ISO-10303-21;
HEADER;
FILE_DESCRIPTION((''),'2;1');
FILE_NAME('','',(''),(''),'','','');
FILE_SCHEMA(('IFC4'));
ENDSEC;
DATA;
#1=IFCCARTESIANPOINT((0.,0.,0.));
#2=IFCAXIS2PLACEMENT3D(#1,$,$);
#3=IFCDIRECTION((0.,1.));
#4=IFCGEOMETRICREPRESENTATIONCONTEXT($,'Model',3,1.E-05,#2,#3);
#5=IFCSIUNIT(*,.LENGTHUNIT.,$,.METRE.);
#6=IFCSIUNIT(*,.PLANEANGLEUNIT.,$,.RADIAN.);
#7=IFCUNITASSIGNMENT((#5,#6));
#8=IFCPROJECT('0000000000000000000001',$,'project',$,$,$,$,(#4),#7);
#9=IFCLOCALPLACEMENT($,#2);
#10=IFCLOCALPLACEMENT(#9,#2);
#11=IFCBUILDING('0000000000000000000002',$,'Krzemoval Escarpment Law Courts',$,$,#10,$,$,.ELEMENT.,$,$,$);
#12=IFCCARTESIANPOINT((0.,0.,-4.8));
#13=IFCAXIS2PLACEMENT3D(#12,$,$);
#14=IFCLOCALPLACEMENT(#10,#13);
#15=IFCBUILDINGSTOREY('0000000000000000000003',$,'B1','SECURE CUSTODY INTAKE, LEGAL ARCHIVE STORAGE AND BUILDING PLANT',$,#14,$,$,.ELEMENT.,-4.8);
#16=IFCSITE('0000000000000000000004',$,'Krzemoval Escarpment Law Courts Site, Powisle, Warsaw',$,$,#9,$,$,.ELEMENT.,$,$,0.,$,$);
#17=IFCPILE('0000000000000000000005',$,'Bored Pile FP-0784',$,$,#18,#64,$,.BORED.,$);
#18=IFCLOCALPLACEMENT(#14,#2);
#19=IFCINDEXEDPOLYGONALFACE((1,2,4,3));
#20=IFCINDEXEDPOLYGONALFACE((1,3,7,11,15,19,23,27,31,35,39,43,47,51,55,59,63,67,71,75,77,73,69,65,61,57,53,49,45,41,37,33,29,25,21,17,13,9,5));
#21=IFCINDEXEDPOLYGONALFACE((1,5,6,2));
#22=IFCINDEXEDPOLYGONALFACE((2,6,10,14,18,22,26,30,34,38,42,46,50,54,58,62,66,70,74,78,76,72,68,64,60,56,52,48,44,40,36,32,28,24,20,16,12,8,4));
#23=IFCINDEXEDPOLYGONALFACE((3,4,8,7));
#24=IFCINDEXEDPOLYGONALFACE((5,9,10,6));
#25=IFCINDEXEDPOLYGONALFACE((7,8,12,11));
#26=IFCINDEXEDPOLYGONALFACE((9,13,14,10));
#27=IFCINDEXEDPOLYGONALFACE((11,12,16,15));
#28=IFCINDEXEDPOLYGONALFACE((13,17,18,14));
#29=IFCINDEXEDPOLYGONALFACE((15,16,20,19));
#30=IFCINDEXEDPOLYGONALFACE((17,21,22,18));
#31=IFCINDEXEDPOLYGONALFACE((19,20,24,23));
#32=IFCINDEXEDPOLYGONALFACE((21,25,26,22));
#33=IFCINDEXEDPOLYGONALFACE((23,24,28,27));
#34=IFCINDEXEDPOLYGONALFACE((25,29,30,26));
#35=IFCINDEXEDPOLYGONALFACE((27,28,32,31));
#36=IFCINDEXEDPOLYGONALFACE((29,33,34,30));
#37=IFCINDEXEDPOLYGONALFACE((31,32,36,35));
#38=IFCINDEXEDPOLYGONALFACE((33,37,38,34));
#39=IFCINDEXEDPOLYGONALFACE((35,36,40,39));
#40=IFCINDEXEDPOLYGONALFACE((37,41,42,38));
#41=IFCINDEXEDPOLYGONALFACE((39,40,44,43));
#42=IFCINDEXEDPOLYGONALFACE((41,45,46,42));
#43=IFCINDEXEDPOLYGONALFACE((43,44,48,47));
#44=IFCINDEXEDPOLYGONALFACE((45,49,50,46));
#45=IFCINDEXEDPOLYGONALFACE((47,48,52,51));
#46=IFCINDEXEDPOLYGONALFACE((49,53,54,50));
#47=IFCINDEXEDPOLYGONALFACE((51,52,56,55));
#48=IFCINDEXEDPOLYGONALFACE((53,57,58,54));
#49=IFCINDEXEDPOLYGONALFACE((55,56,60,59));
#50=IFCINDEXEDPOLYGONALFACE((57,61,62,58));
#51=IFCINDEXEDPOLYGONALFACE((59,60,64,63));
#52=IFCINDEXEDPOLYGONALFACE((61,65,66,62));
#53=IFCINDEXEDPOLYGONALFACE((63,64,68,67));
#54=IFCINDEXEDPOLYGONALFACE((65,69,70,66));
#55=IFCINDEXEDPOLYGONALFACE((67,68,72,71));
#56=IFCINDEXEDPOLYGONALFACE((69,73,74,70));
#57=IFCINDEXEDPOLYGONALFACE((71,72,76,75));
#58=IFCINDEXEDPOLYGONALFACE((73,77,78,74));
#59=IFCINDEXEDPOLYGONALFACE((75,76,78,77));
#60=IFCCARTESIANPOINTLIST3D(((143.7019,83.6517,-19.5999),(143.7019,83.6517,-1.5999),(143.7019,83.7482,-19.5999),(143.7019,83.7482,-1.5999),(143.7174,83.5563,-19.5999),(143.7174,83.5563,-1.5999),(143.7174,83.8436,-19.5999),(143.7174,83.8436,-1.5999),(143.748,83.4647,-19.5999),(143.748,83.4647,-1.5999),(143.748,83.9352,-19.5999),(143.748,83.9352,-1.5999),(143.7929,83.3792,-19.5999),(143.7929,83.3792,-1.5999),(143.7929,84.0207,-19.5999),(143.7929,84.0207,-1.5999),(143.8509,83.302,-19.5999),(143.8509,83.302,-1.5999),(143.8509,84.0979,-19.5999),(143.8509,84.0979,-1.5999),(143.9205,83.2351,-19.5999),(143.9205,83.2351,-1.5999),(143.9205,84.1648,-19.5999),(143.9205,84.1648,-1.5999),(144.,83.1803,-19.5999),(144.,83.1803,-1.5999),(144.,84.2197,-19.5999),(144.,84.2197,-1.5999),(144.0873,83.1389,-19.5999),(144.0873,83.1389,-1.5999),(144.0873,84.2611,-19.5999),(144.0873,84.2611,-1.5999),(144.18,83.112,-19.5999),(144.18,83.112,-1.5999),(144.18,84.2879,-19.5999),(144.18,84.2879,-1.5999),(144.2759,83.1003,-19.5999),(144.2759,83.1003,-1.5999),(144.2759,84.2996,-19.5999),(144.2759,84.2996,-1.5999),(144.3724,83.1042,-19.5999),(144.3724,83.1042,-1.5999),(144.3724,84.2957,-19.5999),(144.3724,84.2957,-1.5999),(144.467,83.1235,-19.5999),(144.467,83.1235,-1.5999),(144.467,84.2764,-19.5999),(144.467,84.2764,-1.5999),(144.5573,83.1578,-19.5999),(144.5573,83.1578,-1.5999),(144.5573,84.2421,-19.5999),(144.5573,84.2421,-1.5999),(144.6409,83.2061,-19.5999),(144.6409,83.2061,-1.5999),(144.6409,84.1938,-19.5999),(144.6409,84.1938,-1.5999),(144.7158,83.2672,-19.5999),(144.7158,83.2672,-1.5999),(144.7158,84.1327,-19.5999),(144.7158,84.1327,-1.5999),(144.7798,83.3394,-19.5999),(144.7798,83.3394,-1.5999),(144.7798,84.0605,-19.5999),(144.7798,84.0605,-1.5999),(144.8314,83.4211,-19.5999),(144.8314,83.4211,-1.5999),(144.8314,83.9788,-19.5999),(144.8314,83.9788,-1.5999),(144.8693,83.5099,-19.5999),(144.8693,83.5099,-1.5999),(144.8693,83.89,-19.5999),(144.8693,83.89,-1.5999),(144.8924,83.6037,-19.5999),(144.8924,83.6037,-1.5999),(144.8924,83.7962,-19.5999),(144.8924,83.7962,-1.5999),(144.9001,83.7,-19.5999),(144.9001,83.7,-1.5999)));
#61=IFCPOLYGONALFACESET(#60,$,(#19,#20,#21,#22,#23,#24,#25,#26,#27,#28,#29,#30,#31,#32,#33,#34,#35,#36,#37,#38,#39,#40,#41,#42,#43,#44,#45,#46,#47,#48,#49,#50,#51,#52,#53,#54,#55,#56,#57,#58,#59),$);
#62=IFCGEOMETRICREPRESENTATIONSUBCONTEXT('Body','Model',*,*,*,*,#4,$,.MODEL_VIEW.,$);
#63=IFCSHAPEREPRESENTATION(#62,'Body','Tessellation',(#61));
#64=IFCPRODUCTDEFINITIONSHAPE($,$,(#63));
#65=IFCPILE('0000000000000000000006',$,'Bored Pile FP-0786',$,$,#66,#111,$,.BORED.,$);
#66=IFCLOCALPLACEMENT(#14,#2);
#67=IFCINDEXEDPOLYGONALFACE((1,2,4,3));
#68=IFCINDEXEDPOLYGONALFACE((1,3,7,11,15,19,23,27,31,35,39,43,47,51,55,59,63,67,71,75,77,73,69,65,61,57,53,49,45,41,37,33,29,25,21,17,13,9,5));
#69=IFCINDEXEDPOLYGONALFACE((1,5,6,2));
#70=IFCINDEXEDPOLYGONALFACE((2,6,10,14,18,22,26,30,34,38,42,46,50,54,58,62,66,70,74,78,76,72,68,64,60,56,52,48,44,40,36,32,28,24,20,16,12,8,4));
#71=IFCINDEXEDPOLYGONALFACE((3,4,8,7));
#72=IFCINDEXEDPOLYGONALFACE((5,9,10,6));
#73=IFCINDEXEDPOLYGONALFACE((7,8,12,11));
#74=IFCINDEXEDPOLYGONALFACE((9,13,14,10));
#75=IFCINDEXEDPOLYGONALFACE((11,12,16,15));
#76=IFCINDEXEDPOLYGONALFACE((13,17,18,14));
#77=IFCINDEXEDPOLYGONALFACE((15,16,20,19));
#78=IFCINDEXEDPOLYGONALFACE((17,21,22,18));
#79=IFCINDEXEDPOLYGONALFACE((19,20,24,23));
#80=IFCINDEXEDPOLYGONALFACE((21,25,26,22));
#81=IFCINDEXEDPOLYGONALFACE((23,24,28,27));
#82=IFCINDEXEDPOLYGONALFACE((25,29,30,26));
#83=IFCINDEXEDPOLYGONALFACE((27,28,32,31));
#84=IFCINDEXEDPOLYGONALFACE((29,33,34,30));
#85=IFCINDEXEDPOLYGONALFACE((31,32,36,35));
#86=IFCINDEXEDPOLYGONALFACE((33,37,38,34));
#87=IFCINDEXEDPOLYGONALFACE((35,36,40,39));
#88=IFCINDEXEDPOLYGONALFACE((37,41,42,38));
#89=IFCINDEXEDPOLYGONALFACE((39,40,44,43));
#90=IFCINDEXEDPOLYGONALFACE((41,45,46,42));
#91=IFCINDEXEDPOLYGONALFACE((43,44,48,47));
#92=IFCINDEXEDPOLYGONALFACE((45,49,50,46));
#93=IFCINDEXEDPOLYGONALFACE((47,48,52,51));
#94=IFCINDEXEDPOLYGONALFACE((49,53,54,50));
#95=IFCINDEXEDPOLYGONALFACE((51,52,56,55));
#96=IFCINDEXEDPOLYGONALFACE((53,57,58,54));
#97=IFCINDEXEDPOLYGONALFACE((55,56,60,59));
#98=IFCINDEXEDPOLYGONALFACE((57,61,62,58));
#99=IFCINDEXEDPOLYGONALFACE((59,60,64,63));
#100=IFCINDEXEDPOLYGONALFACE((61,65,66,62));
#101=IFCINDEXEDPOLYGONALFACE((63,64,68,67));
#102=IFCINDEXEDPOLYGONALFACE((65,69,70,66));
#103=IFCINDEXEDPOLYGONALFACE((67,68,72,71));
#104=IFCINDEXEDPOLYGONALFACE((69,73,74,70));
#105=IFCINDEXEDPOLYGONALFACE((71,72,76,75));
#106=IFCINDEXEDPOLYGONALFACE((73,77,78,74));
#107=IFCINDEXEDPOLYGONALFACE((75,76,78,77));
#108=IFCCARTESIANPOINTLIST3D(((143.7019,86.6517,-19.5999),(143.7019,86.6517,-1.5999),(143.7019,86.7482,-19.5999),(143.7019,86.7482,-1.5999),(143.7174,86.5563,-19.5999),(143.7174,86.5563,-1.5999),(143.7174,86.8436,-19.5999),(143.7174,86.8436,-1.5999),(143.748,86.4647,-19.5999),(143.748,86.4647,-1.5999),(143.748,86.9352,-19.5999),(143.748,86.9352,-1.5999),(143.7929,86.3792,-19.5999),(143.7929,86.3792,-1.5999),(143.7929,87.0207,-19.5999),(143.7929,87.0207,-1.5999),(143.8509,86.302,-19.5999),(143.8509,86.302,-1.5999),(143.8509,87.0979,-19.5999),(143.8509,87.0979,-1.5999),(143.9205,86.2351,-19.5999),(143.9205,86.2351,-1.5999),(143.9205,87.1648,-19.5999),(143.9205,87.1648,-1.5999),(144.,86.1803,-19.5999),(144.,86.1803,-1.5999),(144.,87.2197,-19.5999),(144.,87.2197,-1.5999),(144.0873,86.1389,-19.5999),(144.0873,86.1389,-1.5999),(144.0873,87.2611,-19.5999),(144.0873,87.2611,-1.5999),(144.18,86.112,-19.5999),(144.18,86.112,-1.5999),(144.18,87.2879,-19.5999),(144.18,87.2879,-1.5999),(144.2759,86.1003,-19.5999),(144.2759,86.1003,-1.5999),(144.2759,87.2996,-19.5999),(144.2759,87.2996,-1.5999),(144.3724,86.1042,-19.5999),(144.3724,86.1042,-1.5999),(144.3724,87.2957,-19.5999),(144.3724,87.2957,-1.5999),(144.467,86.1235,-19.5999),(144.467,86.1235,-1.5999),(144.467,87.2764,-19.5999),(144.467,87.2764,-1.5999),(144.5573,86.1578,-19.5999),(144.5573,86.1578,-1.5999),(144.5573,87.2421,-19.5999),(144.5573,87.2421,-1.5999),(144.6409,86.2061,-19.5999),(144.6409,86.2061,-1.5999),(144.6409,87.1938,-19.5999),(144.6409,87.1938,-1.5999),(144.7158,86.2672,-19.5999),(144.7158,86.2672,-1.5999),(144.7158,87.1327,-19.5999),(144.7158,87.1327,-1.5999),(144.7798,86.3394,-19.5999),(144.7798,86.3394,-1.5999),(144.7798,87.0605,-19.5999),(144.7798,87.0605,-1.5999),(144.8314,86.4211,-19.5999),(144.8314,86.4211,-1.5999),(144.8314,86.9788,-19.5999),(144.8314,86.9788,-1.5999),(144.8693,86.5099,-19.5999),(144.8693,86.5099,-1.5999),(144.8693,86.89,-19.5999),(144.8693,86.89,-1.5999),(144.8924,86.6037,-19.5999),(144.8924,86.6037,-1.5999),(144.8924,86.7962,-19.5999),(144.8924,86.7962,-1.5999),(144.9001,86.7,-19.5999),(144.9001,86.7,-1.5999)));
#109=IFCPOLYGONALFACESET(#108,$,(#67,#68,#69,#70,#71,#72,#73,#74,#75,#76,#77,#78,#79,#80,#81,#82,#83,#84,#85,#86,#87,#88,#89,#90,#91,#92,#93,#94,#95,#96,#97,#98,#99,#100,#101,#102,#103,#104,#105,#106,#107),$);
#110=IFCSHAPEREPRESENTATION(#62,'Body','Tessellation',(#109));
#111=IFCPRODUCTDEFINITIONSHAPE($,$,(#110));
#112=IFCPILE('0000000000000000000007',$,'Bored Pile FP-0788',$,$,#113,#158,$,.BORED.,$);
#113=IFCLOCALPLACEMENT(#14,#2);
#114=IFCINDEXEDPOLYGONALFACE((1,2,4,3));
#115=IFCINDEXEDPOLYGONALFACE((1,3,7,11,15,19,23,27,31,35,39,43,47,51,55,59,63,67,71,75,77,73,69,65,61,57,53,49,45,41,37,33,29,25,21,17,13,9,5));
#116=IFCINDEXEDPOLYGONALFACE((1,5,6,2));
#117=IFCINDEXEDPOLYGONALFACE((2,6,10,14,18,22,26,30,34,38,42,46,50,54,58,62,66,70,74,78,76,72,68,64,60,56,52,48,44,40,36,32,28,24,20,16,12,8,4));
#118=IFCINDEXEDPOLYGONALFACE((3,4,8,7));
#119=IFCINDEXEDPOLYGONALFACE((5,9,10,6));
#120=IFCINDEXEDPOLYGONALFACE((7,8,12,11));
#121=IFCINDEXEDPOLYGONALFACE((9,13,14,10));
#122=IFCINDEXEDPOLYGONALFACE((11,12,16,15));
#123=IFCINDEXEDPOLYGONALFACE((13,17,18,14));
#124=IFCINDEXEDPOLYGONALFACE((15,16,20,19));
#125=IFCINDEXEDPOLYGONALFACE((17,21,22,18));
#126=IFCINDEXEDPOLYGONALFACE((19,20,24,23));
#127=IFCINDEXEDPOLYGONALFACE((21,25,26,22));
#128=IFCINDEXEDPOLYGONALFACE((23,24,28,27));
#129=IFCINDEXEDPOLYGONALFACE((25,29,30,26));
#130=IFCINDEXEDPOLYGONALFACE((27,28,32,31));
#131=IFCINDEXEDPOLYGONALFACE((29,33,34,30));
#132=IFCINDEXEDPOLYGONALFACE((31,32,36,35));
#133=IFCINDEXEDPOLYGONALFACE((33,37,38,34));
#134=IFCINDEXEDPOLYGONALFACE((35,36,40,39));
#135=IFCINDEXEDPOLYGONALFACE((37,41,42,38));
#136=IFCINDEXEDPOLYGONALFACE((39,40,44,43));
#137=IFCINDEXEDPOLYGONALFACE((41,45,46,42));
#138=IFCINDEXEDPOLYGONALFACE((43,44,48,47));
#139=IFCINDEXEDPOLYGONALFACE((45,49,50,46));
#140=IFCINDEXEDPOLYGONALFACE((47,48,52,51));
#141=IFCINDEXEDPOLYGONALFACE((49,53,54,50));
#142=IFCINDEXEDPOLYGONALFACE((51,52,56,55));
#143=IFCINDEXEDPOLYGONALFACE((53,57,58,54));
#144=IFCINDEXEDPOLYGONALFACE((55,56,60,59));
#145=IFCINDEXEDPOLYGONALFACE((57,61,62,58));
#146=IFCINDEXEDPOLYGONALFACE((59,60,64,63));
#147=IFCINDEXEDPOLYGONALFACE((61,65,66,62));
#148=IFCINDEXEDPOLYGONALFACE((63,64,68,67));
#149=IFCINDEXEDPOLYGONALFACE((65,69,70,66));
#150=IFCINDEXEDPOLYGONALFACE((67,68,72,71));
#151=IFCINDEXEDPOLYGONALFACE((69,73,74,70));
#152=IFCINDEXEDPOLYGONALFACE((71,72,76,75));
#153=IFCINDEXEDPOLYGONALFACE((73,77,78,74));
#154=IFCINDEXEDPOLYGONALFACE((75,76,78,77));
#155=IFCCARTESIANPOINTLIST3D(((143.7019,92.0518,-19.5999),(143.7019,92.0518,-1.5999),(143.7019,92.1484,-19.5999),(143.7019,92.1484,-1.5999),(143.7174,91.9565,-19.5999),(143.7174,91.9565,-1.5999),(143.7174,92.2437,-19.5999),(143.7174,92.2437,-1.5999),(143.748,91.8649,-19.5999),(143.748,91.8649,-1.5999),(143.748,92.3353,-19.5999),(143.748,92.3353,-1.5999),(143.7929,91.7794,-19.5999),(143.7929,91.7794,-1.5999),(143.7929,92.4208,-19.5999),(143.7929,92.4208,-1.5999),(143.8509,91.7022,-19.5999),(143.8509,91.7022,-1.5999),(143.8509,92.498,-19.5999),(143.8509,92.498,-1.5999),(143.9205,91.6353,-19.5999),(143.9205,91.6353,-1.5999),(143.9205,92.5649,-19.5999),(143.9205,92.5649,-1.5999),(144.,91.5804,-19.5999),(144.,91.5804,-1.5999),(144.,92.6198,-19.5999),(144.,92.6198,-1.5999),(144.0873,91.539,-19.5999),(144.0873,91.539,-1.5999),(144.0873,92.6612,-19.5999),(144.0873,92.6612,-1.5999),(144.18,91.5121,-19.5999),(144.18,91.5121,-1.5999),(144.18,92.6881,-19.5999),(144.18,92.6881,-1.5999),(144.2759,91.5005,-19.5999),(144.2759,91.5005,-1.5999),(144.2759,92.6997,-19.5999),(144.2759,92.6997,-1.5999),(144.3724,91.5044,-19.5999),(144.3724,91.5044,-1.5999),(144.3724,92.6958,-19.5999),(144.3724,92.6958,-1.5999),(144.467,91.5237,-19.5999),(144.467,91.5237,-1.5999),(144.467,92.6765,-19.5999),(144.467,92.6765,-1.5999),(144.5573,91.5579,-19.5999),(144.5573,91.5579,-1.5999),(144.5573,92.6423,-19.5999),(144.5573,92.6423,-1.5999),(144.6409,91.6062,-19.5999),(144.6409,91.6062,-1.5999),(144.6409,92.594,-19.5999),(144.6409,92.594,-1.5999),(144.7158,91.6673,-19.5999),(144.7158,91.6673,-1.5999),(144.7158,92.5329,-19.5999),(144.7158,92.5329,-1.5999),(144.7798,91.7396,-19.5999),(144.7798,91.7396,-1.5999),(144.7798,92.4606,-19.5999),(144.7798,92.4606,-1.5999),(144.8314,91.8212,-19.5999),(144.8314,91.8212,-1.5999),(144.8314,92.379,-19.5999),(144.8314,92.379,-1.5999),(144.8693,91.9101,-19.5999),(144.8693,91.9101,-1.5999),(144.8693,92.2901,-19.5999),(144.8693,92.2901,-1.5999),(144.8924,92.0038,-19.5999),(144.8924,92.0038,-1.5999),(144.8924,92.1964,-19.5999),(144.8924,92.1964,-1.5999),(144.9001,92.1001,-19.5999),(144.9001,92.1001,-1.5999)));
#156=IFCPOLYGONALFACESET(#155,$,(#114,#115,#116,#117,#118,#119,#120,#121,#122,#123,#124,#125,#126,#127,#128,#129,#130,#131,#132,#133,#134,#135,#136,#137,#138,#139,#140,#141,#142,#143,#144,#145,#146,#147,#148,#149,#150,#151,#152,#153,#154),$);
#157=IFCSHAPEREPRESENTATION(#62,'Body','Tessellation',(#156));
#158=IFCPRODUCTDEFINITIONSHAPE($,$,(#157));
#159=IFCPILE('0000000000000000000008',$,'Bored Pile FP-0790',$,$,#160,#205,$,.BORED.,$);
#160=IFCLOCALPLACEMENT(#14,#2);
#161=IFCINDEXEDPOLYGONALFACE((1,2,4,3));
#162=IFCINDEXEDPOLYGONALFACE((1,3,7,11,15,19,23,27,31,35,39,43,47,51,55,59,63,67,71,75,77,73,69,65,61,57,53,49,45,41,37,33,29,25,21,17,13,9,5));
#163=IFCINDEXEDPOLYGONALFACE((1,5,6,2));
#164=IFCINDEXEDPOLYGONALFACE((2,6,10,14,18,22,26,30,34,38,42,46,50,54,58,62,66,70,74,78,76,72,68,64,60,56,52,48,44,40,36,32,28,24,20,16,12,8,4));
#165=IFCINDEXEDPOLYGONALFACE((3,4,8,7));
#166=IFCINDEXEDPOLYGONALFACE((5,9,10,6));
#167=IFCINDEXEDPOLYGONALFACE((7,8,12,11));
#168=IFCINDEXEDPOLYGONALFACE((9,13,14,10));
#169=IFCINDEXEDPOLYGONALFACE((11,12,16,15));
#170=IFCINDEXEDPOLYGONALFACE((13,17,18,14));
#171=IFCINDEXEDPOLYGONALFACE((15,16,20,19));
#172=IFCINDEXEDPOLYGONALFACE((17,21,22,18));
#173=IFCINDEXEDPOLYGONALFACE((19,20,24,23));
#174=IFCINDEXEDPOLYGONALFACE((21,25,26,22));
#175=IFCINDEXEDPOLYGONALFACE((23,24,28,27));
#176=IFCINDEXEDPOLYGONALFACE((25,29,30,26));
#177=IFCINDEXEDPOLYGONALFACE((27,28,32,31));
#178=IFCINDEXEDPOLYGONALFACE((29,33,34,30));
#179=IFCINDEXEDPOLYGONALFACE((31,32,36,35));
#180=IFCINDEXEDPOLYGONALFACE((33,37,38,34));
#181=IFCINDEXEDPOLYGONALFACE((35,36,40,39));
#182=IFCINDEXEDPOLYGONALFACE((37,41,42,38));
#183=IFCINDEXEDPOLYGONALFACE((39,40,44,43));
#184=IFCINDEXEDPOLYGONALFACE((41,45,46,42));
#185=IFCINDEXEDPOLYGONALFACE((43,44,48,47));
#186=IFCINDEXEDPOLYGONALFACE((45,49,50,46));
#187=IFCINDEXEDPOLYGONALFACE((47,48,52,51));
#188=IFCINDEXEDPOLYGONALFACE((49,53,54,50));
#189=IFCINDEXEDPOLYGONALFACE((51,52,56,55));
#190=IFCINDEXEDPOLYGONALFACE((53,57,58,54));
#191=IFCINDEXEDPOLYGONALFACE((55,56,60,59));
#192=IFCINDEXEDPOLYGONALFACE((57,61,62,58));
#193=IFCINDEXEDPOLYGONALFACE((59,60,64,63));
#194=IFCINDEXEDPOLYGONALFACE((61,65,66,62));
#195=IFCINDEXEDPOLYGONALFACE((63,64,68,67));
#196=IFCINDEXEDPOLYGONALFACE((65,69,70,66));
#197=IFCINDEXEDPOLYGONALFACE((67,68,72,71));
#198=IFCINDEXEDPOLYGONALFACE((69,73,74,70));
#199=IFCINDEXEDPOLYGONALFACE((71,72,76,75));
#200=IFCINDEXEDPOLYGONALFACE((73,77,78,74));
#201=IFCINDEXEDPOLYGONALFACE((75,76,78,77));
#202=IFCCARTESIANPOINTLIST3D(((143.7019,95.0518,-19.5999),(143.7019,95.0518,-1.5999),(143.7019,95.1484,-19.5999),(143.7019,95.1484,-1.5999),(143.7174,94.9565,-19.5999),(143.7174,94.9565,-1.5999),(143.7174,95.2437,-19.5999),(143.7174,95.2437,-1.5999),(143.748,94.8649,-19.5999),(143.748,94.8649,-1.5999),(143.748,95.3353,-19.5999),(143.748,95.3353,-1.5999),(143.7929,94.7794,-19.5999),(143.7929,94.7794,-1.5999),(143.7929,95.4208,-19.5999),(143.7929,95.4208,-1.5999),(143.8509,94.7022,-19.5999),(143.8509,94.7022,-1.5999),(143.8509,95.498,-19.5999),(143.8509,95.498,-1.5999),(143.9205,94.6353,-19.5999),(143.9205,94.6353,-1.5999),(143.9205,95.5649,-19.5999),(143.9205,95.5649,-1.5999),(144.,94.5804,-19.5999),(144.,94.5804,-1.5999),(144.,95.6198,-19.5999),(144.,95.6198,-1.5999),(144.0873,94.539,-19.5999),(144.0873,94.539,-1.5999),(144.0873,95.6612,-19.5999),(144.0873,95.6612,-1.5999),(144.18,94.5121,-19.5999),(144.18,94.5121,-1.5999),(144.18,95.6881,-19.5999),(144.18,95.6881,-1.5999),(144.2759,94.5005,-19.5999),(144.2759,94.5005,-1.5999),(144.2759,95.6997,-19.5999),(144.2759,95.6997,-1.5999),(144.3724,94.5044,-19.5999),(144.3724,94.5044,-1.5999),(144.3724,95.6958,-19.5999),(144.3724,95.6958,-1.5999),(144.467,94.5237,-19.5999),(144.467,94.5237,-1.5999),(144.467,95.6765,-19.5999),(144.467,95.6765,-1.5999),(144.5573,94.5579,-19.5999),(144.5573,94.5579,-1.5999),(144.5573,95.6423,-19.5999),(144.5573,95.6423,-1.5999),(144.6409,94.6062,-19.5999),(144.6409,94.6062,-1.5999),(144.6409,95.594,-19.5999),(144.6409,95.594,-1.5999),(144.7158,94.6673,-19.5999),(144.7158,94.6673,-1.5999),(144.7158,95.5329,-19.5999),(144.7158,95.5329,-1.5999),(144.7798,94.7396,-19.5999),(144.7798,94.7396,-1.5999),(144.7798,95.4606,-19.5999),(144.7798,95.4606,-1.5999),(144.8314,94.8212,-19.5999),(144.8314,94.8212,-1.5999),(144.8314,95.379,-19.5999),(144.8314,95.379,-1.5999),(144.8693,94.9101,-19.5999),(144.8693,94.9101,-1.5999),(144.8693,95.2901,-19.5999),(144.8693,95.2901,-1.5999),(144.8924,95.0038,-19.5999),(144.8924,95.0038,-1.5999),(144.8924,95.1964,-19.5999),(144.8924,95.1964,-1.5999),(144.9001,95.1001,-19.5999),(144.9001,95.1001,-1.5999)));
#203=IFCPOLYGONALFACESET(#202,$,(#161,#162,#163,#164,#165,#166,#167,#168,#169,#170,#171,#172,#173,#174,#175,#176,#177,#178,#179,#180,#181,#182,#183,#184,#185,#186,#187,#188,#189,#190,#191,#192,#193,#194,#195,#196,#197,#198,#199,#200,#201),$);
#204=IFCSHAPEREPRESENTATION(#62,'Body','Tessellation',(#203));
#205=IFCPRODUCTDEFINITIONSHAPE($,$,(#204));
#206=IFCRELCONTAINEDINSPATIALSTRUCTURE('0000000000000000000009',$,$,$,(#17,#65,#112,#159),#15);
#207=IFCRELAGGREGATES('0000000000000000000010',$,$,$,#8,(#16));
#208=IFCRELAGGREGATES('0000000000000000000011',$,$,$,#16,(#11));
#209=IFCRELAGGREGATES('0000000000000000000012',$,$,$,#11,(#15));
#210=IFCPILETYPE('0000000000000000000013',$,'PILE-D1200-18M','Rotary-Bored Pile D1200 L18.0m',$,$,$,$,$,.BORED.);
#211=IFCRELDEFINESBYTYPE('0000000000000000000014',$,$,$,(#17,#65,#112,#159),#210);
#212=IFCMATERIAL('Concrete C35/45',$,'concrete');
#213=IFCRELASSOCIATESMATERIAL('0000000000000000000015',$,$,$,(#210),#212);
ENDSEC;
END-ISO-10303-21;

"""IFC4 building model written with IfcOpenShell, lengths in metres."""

from ifc_helpers import new_model, si_unit, direction, frame, origin, origin_2d, place, context, subcontext, project, spatial, circle, extrude, material, material_profile, profile_set, type_object, element, save


model = new_model("IFC4")

# Units and contexts
model_context = context("Model", 3, precision=1e-05, world=origin(), true_north=direction((0.0, 1.0)))
body_context = subcontext(model_context, "Body", "Model", "MODEL_VIEW")
ifc_project = project(units=[si_unit("LENGTHUNIT", "METRE"), si_unit("PLANEANGLEUNIT", "RADIAN")], contexts=[model_context])

# Site, building, storey
site_placement = place(None, origin())
site = spatial("IfcSite", under=ifc_project, at=site_placement, Name="Krzemoval Escarpment Law Courts Site, Powisle, Warsaw", CompositionType="ELEMENT", RefElevation=0.0)
building_placement = place(site_placement, origin())
building = spatial("IfcBuilding", under=site, at=building_placement, Name="Krzemoval Escarpment Law Courts", CompositionType="ELEMENT")
storey_placement = place(building_placement, frame((0.0, 0.0, -4.8)))
storey = spatial("IfcBuildingStorey", under=building, at=storey_placement, Name="B1", Description="SECURE CUSTODY INTAKE, LEGAL ARCHIVE STORAGE AND BUILDING PLANT", CompositionType="ELEMENT", Elevation=-4.8)

# Piles
ifc_material_1 = material(Name="Concrete C35/45", Category="concrete")
ifc_material_profile_1 = material_profile(ifc_material_1, circle(Radius=0.6001, at=origin_2d()), Name="PILE D1200")
ifc_profile_set_1 = profile_set([ifc_material_profile_1], Name="Concrete C35/45")
pile_type = type_object("IfcPileType", Name="PILE-D1200-18M", Description="Rotary-Bored Pile D1200 L18.0m", PredefinedType="BORED", material=ifc_profile_set_1)
for number, where, z_axis, x_axis, name in (
    (1, (144.3, 83.7, -1.5999), (0.0, 0.0, -1.0), (1.0, 0.0, 0.0), "Bored Pile FP-0784"),
    (2, (144.3, 86.7, -1.5999), (0.0, 0.0, -1.0), (1.0, 0.0, 0.0), "Bored Pile FP-0786"),
    (3, (144.3, 92.1001, -1.5999), (0.0, 0.0, -1.0), (1.0, 0.0, 0.0), "Bored Pile FP-0788"),
    (4, (144.3, 95.1001, -1.5999), (0.0, 0.0, -1.0), (1.0, 0.0, 0.0), "Bored Pile FP-0790"),
):
    element("IfcPile", number, at=place(storey_placement, frame(where, z_axis=z_axis, x_axis=x_axis)), inside=storey, type_object=pile_type, Name=name, PredefinedType="BORED", context=body_context, shape_type="SweptSolid", body=[
        extrude(circle(Radius=0.6001, at=origin_2d()), origin(), (0.0, 0.0, 1.0), 18.0),
    ])

save(model, "model.ifc")
